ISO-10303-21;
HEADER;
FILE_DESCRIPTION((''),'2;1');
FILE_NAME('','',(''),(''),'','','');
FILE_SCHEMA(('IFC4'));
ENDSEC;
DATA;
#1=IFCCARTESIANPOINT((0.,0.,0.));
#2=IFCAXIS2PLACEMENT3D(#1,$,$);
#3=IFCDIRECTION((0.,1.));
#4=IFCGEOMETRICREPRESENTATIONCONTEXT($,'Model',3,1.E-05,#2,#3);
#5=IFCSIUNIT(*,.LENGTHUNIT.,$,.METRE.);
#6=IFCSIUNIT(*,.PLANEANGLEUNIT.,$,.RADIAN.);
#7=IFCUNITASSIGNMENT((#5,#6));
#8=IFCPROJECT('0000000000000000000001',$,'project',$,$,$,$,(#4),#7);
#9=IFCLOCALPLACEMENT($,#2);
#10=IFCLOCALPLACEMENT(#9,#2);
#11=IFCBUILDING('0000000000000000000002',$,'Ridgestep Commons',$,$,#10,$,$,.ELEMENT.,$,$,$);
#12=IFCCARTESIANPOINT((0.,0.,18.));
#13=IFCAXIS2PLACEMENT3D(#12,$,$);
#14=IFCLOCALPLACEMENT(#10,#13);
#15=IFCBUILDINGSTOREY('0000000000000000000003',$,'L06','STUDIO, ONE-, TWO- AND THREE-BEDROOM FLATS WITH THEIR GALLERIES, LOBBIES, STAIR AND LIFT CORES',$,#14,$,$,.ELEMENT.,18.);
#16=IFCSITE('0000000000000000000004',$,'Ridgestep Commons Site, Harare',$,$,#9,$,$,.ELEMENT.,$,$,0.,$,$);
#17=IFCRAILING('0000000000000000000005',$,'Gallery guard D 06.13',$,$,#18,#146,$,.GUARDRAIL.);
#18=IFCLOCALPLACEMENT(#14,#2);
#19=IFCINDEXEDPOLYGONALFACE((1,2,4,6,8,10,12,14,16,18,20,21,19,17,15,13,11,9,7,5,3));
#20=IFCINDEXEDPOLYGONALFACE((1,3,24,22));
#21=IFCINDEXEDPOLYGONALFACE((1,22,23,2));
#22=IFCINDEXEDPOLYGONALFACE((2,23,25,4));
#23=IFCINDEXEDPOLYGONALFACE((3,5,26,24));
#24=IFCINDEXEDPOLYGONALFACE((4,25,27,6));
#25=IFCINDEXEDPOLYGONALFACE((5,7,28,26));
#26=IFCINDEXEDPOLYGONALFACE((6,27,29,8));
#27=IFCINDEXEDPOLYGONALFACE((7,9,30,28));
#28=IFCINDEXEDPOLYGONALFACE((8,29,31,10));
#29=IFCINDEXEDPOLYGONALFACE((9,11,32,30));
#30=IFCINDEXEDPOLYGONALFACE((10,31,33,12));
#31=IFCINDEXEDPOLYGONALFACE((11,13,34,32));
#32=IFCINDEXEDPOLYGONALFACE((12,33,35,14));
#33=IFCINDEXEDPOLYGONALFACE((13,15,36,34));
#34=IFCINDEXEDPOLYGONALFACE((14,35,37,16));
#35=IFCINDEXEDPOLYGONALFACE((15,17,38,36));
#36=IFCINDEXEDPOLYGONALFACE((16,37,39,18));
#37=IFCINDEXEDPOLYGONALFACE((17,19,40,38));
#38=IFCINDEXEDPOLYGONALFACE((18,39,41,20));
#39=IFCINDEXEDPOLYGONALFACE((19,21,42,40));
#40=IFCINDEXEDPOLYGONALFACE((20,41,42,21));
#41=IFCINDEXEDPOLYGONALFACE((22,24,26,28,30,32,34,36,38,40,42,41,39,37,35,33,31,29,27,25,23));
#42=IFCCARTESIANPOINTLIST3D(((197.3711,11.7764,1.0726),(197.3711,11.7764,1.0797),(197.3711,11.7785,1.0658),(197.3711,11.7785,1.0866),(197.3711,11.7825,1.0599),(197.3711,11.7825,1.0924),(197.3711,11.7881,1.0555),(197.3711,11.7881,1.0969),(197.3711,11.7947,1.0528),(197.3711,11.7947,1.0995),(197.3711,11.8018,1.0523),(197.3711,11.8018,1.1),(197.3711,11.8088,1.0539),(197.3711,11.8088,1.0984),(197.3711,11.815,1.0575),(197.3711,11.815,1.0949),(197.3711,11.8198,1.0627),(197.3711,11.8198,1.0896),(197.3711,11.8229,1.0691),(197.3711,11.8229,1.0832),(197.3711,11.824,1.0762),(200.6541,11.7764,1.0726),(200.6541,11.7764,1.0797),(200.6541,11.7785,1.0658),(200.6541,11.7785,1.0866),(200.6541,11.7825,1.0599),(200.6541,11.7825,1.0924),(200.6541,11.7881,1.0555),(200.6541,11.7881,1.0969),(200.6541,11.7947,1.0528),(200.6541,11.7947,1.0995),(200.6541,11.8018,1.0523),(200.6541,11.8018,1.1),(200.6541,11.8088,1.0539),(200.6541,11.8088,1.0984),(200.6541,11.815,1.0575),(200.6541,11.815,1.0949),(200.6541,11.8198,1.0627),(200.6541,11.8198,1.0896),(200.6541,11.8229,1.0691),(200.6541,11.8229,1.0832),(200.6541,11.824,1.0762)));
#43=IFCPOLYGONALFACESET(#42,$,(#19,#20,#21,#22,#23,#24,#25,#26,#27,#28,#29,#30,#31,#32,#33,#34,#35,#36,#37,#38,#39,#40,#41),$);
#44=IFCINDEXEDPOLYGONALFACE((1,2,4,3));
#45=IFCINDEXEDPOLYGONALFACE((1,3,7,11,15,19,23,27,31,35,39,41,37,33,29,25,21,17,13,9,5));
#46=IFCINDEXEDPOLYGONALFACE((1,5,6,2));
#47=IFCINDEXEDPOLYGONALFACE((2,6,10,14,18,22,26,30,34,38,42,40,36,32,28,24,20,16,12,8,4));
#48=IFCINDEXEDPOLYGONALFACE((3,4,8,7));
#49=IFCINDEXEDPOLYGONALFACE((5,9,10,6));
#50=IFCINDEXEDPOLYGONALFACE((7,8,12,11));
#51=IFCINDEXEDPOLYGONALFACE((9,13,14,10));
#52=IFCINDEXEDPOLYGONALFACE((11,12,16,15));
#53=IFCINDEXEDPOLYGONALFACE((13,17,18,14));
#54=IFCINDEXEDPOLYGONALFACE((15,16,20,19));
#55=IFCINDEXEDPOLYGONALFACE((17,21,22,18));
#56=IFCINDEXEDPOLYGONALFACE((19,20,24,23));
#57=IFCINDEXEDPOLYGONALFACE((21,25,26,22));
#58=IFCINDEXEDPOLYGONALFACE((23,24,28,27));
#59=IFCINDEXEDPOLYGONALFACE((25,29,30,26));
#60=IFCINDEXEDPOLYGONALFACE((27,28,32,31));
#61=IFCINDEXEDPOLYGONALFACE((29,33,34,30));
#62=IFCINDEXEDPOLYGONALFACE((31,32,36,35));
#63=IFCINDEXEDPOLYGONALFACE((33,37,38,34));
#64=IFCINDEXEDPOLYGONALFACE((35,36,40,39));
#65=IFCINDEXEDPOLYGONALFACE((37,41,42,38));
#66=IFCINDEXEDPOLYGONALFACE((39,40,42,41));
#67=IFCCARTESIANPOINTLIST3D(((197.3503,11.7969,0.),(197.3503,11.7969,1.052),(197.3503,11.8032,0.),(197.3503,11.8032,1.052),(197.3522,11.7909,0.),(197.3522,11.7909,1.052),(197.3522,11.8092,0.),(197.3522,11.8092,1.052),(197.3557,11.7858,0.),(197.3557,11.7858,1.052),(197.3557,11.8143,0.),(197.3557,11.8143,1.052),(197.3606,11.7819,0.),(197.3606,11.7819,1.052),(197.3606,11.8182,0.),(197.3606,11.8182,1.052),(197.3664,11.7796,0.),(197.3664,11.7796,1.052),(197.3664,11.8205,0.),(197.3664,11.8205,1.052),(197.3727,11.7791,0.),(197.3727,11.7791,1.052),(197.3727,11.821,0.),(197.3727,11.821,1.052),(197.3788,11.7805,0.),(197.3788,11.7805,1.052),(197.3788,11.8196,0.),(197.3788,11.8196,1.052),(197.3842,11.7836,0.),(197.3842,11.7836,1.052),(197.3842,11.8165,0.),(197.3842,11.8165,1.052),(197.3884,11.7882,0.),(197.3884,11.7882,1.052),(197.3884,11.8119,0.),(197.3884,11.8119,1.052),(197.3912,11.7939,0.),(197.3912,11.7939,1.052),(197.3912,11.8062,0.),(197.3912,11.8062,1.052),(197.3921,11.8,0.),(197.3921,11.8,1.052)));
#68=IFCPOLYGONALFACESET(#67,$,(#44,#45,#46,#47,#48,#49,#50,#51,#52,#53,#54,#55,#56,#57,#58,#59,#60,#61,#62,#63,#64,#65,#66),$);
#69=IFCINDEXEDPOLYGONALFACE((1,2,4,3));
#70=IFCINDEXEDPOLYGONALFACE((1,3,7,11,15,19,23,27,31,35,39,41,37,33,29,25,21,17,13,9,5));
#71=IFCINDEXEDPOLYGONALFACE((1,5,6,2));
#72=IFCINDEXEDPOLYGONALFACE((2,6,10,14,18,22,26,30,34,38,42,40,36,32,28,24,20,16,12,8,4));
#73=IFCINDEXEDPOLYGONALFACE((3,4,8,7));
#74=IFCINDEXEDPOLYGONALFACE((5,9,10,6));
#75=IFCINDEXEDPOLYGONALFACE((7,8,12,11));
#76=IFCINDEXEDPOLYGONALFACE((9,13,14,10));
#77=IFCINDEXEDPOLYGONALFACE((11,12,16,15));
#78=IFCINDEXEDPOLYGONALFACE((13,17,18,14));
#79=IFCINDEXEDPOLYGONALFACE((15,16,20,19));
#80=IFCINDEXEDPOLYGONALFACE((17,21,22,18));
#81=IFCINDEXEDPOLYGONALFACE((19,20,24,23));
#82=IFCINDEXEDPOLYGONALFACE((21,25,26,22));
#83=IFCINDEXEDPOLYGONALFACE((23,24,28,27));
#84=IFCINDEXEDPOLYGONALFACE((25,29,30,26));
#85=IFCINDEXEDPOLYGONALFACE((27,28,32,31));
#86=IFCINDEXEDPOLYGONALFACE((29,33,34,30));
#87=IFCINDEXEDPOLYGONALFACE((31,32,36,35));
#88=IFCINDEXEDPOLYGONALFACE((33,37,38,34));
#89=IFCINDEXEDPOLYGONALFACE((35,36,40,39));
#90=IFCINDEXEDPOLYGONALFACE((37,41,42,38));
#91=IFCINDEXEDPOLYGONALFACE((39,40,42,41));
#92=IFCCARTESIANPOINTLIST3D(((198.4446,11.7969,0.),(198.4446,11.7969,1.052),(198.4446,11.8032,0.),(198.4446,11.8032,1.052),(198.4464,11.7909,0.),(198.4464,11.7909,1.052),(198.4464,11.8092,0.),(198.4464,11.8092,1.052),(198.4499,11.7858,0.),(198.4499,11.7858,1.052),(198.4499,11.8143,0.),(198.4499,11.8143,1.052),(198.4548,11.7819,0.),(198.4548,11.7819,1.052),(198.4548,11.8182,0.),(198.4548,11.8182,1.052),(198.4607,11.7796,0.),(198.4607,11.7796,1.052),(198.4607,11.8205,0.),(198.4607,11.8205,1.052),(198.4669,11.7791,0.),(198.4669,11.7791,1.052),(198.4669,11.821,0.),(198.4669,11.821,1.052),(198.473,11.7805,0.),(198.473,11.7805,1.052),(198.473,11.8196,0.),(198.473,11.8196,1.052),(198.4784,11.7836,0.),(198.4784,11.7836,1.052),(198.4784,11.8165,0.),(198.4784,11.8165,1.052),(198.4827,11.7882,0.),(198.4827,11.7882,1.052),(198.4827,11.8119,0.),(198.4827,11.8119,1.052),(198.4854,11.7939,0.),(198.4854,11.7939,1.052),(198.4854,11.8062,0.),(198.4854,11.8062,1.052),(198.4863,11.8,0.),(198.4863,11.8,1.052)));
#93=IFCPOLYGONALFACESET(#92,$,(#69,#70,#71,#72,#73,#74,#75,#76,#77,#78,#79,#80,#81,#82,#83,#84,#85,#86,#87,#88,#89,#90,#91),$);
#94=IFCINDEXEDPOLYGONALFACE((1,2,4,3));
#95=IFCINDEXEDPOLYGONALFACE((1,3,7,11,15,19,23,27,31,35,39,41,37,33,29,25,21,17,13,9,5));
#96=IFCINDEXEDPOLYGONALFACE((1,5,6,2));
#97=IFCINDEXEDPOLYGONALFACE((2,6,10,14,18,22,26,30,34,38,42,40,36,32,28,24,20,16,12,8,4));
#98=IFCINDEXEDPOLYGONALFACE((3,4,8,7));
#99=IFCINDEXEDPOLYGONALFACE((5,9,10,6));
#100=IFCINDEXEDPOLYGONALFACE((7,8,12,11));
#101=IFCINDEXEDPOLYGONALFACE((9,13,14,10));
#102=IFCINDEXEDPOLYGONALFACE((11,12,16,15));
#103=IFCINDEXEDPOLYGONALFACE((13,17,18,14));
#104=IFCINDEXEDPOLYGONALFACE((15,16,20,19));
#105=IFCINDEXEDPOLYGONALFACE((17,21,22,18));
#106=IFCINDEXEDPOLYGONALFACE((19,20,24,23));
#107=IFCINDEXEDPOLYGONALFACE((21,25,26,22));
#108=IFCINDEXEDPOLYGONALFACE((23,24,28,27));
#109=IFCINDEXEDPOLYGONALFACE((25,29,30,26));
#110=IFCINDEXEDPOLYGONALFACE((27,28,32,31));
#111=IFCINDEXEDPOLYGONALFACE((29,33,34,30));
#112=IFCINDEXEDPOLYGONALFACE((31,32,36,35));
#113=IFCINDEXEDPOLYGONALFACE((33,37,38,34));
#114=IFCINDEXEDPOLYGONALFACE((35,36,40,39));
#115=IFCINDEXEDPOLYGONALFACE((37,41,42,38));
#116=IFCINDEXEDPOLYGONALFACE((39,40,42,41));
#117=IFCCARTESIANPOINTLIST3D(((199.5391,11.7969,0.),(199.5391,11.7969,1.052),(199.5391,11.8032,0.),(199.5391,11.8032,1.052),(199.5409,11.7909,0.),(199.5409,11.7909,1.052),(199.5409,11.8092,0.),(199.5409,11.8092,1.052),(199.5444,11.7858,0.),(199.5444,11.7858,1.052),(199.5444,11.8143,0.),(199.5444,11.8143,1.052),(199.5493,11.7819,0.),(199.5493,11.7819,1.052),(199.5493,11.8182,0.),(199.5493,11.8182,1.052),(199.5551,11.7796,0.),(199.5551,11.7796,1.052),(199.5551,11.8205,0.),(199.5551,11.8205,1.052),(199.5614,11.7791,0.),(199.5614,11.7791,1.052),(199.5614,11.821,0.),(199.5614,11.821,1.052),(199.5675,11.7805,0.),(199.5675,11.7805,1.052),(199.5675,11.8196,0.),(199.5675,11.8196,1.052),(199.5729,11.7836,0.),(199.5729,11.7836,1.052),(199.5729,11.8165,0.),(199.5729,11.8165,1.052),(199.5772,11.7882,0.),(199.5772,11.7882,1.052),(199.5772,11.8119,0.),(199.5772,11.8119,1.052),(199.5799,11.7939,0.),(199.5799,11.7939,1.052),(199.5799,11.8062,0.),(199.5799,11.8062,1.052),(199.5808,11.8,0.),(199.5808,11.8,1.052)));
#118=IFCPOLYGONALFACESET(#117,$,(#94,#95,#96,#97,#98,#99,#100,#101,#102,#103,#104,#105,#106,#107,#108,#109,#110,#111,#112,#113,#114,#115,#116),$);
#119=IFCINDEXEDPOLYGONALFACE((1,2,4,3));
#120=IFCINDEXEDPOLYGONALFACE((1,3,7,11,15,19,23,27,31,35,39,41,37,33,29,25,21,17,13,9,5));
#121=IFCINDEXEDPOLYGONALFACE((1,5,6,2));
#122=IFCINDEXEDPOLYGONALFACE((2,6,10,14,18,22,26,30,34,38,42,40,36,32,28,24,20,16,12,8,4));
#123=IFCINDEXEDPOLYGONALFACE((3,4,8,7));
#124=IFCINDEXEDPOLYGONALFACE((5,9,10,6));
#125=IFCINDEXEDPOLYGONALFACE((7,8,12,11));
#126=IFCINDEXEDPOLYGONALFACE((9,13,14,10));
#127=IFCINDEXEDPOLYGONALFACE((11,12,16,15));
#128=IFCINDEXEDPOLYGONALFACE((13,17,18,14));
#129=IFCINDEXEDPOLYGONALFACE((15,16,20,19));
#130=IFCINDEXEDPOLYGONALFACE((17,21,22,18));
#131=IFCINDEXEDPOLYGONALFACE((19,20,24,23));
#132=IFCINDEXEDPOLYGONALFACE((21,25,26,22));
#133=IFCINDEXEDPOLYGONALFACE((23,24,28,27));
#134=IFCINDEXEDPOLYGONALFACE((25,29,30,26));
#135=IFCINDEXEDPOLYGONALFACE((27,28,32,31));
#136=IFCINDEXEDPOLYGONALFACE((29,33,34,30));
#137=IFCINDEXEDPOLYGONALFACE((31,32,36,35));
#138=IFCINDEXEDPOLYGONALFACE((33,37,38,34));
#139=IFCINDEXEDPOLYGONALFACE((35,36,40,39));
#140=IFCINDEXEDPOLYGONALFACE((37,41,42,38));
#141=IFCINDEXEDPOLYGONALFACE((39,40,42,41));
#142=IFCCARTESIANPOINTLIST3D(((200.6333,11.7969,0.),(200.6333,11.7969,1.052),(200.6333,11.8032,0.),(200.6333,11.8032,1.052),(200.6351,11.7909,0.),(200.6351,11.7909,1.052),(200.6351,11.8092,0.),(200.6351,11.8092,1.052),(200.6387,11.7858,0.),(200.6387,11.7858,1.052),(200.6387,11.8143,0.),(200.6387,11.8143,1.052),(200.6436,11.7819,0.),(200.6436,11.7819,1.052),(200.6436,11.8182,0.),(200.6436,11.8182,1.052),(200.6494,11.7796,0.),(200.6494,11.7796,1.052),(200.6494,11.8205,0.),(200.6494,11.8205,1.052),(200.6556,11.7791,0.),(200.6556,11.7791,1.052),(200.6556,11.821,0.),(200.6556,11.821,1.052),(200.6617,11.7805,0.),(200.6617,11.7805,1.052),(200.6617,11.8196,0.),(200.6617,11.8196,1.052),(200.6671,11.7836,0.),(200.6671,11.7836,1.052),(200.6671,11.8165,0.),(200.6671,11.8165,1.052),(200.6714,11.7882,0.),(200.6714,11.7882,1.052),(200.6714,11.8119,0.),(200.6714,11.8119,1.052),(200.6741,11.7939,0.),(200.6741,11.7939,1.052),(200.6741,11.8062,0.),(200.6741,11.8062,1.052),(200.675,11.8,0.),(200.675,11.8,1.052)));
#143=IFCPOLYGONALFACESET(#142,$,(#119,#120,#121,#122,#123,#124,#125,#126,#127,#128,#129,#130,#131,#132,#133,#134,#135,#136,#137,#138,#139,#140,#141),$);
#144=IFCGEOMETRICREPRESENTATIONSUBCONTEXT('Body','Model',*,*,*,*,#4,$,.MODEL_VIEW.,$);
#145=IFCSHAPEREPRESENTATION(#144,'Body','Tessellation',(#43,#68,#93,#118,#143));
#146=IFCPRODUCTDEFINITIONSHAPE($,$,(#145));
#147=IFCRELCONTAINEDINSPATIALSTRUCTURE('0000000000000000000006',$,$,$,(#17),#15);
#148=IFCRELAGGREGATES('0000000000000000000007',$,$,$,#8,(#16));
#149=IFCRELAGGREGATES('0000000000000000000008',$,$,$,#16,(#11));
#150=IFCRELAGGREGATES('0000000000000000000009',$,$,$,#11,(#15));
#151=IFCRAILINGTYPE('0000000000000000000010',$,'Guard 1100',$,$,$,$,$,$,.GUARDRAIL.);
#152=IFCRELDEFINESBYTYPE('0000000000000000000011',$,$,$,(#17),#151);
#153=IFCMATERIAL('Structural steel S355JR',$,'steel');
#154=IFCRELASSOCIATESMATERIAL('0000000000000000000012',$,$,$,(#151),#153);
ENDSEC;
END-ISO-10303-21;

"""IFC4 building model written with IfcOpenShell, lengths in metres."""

from ifc_helpers import new_model, si_unit, direction, frame, origin, origin_2d, place, context, subcontext, project, spatial, circle, extrude, material, type_object, element, save


model = new_model("IFC4")

# Units and contexts
model_context = context("Model", 3, precision=1e-05, world=origin(), true_north=direction((0.0, 1.0)))
body_context = subcontext(model_context, "Body", "Model", "MODEL_VIEW")
ifc_project = project(units=[si_unit("LENGTHUNIT", "METRE"), si_unit("PLANEANGLEUNIT", "RADIAN")], contexts=[model_context])

# Site, building, storey
site_placement = place(None, origin())
site = spatial("IfcSite", under=ifc_project, at=site_placement, Name="Ridgestep Commons Site, Harare", CompositionType="ELEMENT", RefElevation=0.0)
building_placement = place(site_placement, origin())
building = spatial("IfcBuilding", under=site, at=building_placement, Name="Ridgestep Commons", CompositionType="ELEMENT")
storey_placement = place(building_placement, frame((0.0, 0.0, 18.0)))
storey = spatial("IfcBuildingStorey", under=building, at=storey_placement, Name="L06", Description="STUDIO, ONE-, TWO- AND THREE-BEDROOM FLATS WITH THEIR GALLERIES, LOBBIES, STAIR AND LIFT CORES", CompositionType="ELEMENT", Elevation=18.0)

# Railing
ifc_material_1 = material(Name="Structural steel S355JR", Category="steel")
railing_type = type_object("IfcRailingType", Name="Guard 1100", PredefinedType="GUARDRAIL", material=ifc_material_1)
railing_1_placement = place(storey_placement, frame((197.3711, 11.8, 0.0)))
element("IfcRailing", 1, at=railing_1_placement, inside=storey, type_object=railing_type, Name="Gallery guard D 06.13", PredefinedType="GUARDRAIL", context=body_context, shape_type="SweptSolid", body=[
    extrude(circle(Radius=0.0239, at=origin_2d()), frame((0.0, 0.0, 1.0762), z_axis=(1.0, 0.0, 0.0), x_axis=(0.0, 1.0, 0.0)), (0.0, 0.0, 1.0), 3.283),
    extrude(circle(Radius=0.021, at=origin_2d()), origin(), (0.0, 0.0, 1.0), 1.052),
    extrude(circle(Radius=0.021, at=origin_2d()), frame((1.0942, 0.0, 0.0)), (0.0, 0.0, 1.0), 1.052),
    extrude(circle(Radius=0.021, at=origin_2d()), frame((2.1887, 0.0, 0.0)), (0.0, 0.0, 1.0), 1.052),
    extrude(circle(Radius=0.021, at=origin_2d()), frame((3.283, 0.0, 0.0)), (0.0, 0.0, 1.0), 1.052),
])

save(model, "model.ifc")
